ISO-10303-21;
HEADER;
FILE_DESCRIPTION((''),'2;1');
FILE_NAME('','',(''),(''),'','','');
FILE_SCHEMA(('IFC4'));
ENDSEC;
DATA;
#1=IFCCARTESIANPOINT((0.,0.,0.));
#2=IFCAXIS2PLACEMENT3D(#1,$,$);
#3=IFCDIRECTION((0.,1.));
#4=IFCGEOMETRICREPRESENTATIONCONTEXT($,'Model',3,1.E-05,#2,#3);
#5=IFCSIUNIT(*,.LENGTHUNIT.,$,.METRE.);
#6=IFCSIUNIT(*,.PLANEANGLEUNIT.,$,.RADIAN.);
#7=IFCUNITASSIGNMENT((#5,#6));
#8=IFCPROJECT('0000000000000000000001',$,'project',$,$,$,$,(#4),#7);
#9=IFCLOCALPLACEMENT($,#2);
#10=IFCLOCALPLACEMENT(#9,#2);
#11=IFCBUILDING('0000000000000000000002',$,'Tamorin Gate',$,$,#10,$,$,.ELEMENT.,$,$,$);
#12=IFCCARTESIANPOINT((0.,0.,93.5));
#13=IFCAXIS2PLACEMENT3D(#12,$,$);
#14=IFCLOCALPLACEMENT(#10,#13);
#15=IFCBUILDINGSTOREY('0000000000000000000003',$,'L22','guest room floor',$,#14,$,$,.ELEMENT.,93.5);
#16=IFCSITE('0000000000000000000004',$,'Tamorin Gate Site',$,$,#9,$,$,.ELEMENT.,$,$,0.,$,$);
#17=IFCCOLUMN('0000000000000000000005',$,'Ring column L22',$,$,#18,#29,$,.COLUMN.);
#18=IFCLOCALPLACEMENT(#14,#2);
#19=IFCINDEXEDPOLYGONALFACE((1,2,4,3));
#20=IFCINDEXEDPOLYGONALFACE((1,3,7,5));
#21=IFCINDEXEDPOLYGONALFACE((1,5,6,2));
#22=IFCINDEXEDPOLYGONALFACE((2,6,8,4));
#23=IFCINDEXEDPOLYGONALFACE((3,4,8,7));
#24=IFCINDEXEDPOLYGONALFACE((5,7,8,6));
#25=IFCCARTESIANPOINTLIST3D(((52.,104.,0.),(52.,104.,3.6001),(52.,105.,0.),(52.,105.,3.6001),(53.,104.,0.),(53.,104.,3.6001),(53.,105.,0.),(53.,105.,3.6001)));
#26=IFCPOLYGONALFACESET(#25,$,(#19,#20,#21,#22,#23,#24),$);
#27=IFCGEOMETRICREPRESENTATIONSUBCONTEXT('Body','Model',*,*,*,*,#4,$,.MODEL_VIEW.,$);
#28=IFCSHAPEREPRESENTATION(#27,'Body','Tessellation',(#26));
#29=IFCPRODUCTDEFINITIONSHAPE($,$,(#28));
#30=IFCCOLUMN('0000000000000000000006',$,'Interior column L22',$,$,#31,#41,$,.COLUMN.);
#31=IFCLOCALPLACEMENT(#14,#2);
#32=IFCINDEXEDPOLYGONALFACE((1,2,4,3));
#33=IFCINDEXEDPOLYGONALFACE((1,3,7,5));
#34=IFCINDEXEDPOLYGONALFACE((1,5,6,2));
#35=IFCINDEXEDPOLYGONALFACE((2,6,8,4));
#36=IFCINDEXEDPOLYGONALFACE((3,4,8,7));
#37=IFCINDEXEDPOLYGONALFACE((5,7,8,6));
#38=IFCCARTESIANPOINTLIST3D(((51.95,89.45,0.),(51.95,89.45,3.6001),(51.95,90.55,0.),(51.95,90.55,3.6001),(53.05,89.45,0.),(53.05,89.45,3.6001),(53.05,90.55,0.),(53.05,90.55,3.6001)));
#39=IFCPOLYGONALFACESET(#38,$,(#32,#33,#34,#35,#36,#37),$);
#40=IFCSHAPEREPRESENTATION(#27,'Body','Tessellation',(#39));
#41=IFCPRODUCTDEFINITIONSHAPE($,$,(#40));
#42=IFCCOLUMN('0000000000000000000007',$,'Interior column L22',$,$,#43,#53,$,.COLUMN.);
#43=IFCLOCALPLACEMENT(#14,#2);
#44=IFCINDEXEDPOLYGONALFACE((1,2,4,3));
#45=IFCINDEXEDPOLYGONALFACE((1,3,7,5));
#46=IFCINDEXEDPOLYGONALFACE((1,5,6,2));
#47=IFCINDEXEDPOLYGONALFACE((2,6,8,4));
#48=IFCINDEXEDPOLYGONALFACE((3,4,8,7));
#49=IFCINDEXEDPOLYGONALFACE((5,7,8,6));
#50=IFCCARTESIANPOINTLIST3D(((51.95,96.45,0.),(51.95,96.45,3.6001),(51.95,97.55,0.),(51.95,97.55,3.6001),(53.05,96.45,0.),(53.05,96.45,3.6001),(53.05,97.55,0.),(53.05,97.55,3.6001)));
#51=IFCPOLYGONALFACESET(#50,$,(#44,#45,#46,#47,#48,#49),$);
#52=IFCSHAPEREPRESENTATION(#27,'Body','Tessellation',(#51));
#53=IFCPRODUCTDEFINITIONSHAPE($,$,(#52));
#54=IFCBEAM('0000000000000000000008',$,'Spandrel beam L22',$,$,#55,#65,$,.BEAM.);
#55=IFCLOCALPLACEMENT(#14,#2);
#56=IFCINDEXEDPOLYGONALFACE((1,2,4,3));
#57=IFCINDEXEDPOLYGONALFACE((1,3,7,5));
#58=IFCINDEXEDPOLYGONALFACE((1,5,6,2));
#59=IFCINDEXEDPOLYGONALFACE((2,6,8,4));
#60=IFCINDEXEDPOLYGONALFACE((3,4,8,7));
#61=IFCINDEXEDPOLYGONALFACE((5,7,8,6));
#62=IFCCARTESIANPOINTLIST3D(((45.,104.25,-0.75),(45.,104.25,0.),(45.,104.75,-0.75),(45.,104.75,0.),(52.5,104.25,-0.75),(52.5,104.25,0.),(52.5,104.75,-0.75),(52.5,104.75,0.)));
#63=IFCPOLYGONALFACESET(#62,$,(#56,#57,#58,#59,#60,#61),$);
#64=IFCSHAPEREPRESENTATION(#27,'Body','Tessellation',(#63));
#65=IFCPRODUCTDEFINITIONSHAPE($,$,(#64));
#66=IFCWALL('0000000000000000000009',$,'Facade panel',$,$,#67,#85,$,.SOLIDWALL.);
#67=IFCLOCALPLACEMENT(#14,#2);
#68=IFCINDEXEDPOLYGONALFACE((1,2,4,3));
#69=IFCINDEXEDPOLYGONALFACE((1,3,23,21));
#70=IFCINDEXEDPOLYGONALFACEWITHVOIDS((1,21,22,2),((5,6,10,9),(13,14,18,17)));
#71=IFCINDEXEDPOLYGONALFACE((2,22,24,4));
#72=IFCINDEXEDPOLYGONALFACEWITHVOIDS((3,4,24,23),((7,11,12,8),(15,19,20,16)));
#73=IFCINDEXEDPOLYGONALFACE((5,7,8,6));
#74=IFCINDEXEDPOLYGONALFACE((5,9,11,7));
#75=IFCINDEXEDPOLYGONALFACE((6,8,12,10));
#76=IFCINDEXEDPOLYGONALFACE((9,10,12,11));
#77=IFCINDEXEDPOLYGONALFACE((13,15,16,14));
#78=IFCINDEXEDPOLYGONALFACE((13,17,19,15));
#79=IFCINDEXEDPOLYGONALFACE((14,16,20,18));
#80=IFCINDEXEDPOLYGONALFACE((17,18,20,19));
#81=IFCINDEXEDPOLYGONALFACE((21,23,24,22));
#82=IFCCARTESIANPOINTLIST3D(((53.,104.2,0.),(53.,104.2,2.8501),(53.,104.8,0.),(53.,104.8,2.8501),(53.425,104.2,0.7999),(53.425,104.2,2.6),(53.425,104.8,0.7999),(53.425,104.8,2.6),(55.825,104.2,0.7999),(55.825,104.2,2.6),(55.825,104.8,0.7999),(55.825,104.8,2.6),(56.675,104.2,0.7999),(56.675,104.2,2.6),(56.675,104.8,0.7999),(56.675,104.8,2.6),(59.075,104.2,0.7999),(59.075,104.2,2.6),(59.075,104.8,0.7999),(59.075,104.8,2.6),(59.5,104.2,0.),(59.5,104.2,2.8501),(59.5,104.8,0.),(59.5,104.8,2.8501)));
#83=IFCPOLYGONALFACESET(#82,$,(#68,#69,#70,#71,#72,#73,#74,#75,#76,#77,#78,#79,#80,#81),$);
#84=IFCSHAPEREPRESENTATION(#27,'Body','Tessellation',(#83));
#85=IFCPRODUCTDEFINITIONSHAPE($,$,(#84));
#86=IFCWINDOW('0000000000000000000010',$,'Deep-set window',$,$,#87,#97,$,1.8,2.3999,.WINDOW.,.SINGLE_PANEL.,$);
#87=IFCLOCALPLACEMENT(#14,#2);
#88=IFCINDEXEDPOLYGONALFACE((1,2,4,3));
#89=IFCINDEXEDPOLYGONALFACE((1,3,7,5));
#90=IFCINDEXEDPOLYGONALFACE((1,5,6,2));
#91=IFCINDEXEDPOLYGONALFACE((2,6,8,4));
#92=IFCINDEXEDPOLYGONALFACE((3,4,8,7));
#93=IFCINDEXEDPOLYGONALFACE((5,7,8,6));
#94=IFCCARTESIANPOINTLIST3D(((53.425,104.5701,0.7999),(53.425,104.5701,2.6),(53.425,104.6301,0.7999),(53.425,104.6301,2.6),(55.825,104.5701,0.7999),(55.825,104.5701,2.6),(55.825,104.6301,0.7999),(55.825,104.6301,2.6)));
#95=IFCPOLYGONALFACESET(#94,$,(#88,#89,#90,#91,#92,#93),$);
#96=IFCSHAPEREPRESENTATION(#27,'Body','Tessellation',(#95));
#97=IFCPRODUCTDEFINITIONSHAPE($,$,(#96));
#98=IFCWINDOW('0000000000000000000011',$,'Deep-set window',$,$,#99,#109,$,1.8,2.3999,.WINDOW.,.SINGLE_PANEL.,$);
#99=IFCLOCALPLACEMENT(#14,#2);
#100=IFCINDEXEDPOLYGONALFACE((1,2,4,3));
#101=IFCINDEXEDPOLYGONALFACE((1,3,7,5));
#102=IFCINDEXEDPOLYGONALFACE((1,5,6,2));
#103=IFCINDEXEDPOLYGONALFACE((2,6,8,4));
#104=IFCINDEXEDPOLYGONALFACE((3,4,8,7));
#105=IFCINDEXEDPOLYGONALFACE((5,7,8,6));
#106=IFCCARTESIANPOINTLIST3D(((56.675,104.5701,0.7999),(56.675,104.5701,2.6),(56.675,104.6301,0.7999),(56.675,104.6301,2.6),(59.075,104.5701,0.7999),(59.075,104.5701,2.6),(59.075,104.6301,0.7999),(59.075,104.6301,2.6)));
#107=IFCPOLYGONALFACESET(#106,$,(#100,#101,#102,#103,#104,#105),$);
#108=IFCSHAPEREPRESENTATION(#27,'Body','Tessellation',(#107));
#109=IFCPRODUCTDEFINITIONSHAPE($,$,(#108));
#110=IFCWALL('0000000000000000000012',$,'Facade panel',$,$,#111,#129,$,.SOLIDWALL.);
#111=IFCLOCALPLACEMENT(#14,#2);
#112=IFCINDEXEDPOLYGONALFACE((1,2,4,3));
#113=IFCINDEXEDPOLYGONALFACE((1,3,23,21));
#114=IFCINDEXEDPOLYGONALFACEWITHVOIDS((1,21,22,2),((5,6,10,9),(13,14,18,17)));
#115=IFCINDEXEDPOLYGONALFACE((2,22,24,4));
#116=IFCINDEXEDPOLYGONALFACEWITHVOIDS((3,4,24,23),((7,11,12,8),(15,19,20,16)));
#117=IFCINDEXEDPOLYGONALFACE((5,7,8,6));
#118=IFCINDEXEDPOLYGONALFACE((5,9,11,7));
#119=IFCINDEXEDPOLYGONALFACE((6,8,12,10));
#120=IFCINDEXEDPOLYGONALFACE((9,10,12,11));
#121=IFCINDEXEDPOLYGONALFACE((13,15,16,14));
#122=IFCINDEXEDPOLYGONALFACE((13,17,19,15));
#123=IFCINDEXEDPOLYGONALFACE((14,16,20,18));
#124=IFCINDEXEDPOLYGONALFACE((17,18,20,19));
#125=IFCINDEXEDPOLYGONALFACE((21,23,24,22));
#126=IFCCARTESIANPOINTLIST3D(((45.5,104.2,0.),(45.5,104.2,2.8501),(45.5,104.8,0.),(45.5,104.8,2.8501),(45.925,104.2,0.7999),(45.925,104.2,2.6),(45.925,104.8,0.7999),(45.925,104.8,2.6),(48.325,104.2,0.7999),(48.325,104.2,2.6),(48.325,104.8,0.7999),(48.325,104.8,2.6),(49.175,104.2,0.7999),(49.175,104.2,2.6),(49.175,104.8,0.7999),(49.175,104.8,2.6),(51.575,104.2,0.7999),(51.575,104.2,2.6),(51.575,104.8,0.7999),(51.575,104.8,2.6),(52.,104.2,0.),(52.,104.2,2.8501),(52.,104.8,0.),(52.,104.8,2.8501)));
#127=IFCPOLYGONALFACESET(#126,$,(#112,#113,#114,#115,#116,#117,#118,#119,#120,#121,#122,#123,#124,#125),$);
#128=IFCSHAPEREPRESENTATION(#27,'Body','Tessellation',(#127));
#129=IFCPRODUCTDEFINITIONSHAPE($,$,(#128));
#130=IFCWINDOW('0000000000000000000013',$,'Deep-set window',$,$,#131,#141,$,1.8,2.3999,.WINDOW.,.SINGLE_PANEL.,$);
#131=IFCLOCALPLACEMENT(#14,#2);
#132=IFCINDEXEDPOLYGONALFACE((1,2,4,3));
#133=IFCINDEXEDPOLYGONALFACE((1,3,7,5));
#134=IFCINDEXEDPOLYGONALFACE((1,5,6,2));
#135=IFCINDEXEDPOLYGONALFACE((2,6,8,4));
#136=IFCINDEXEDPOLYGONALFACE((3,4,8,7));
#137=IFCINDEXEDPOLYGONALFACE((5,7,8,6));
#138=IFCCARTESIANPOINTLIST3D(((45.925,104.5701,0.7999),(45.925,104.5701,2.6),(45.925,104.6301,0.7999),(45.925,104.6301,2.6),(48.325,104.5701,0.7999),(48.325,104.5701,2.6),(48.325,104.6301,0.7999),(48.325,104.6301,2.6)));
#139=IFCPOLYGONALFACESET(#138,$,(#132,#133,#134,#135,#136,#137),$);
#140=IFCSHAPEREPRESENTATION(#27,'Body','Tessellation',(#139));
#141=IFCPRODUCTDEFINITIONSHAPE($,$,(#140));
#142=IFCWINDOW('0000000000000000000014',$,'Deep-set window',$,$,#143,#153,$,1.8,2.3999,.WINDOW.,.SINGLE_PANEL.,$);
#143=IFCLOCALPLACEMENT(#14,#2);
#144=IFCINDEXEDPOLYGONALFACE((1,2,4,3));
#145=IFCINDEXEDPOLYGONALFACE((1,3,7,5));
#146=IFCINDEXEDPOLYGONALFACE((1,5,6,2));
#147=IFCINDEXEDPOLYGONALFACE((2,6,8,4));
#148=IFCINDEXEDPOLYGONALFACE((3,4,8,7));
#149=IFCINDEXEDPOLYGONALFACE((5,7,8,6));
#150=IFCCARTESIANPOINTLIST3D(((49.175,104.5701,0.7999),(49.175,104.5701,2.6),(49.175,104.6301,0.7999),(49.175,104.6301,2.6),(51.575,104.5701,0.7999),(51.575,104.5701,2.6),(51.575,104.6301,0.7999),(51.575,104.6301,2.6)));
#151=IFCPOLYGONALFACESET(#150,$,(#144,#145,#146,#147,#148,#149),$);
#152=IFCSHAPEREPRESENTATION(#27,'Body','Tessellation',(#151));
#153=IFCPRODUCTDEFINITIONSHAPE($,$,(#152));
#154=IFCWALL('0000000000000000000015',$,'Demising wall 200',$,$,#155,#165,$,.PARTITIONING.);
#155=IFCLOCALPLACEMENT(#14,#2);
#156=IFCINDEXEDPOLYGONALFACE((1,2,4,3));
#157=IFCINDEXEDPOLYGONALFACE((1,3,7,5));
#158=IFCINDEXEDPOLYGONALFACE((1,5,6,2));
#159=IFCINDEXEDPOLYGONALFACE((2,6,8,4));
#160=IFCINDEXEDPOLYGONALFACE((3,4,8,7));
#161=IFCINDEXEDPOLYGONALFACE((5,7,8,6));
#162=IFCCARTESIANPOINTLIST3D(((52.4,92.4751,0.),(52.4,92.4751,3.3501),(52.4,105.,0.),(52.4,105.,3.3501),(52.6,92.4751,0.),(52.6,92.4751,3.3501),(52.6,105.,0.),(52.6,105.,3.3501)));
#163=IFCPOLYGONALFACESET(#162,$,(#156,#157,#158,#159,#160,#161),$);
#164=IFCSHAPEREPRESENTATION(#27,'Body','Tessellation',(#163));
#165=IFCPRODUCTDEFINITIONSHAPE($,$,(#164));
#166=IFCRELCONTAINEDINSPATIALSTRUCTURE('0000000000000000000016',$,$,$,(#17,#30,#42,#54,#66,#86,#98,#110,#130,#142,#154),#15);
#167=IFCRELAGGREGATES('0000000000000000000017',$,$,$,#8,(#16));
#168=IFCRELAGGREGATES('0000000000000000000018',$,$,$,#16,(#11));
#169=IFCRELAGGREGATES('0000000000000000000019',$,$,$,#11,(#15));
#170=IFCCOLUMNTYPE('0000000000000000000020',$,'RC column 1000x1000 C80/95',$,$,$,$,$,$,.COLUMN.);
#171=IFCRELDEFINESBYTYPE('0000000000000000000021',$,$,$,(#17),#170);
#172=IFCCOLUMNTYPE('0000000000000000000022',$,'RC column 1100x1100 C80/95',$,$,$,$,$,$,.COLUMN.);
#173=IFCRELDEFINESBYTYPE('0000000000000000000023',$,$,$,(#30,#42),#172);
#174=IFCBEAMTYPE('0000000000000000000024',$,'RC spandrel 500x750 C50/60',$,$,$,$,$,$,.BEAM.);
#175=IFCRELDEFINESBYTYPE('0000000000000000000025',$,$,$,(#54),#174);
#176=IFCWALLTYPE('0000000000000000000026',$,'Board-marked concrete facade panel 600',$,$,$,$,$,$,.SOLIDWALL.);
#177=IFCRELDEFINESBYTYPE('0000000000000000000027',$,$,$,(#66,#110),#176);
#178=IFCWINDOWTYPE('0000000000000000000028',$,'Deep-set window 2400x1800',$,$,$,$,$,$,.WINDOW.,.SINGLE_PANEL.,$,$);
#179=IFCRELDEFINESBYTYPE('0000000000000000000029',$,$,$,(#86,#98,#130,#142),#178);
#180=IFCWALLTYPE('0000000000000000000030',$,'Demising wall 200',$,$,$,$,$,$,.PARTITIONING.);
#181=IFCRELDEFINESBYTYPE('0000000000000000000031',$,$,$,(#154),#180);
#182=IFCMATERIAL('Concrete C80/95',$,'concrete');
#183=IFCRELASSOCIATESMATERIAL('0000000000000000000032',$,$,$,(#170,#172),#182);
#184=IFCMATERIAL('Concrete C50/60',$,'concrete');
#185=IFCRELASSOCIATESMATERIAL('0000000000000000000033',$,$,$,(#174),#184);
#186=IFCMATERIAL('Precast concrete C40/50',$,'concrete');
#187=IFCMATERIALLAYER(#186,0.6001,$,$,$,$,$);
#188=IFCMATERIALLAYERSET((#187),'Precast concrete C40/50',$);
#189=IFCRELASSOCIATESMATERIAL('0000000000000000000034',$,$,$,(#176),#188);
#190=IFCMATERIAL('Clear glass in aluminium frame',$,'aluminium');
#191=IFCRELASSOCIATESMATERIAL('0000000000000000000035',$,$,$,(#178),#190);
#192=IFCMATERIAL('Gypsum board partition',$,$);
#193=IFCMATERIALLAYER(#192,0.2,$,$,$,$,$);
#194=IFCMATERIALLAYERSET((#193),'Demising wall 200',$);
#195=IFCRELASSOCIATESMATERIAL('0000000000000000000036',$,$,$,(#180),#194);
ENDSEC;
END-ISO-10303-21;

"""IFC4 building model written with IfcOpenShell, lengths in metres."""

from ifc_helpers import new_model, si_unit, direction, frame, frame_2d, origin, origin_2d, place, context, subcontext, project, spatial, rectangle, extrude, material, layer, layer_set, material_profile, profile_set, type_object, element, fill, save


model = new_model("IFC4")

# Units and contexts
model_context = context("Model", 3, precision=1e-05, world=origin(), true_north=direction((0.0, 1.0)))
body_context = subcontext(model_context, "Body", "Model", "MODEL_VIEW")
ifc_project = project(units=[si_unit("LENGTHUNIT", "METRE"), si_unit("PLANEANGLEUNIT", "RADIAN")], contexts=[model_context])

# Site, building, storey
site_placement = place(None, origin())
site = spatial("IfcSite", under=ifc_project, at=site_placement, Name="Tamorin Gate Site", CompositionType="ELEMENT", RefElevation=0.0)
building_placement = place(site_placement, origin())
building = spatial("IfcBuilding", under=site, at=building_placement, Name="Tamorin Gate", CompositionType="ELEMENT")
storey_placement = place(building_placement, frame((0.0, 0.0, 93.5)))
storey = spatial("IfcBuildingStorey", under=building, at=storey_placement, Name="L22", Description="guest room floor", CompositionType="ELEMENT", Elevation=93.5)

# Columns
ifc_material_1 = material(Name="Concrete C80/95", Category="concrete")
ifc_material_profile_1 = material_profile(ifc_material_1, rectangle(XDim=1.0, YDim=1.0, at=origin_2d()), Name="RC 1000x1000")
ifc_profile_set_1 = profile_set([ifc_material_profile_1], Name="Concrete C80/95")
column_type_1 = type_object("IfcColumnType", Name="RC column 1000x1000 C80/95", PredefinedType="COLUMN", material=ifc_profile_set_1)
column_placement = place(storey_placement, frame((52.5, 104.5, 0.0), z_axis=(0.0, 0.0, 1.0), x_axis=(1.0, 0.0, 0.0)))
element("IfcColumn", 1, at=column_placement, inside=storey, type_object=column_type_1, Name="Ring column L22", PredefinedType="COLUMN", context=body_context, shape_type="SweptSolid", body=[
    extrude(rectangle(XDim=1.0, YDim=1.0, at=origin_2d()), origin(), (0.0, 0.0, 1.0), 3.6001),
])
ifc_material_profile_2 = material_profile(ifc_material_1, rectangle(XDim=1.1001, YDim=1.1001, at=origin_2d()), Name="RC 1100x1100")
ifc_profile_set_2 = profile_set([ifc_material_profile_2], Name="Concrete C80/95")
column_type_2 = type_object("IfcColumnType", Name="RC column 1100x1100 C80/95", PredefinedType="COLUMN", material=ifc_profile_set_2)
for number, where, z_axis, x_axis, name in (
    (2, (52.5, 90.0, 0.0), (0.0, 0.0, 1.0), (1.0, 0.0, 0.0), "Interior column L22"),
    (3, (52.5, 97.0, 0.0), (0.0, 0.0, 1.0), (1.0, 0.0, 0.0), "Interior column L22"),
):
    element("IfcColumn", number, at=place(storey_placement, frame(where, z_axis=z_axis, x_axis=x_axis)), inside=storey, type_object=column_type_2, Name=name, PredefinedType="COLUMN", context=body_context, shape_type="SweptSolid", body=[
        extrude(rectangle(XDim=1.1001, YDim=1.1001, at=origin_2d()), origin(), (0.0, 0.0, 1.0), 3.6001),
    ])

# Beam
ifc_material_2 = material(Name="Concrete C50/60", Category="concrete")
ifc_material_profile_3 = material_profile(ifc_material_2, rectangle(XDim=0.5, YDim=0.75, at=origin_2d()), Name="RC 500x750")
ifc_profile_set_3 = profile_set([ifc_material_profile_3], Name="Concrete C50/60")
beam_type = type_object("IfcBeamType", Name="RC spandrel 500x750 C50/60", PredefinedType="BEAM", material=ifc_profile_set_3)
beam_placement = place(storey_placement, frame((52.5, 104.5, -0.375), z_axis=(-1.0, 0.0, 0.0), x_axis=(0.0, -1.0, 0.0)))
element("IfcBeam", 4, at=beam_placement, inside=storey, type_object=beam_type, Name="Spandrel beam L22", PredefinedType="BEAM", context=body_context, shape_type="SweptSolid", body=[
    extrude(rectangle(XDim=0.5, YDim=0.75, at=origin_2d()), origin(), (0.0, 0.0, 1.0), 7.5),
])

# Walls, openings, windows
ifc_material_3 = material(Name="Precast concrete C40/50", Category="concrete")
ifc_layer_1 = layer(ifc_material_3, 0.6001)
ifc_layer_set_1 = layer_set([ifc_layer_1], Name="Precast concrete C40/50")
wall_type_1 = type_object("IfcWallType", Name="Board-marked concrete facade panel 600", PredefinedType="SOLIDWALL", material=ifc_layer_set_1)
wall_1_placement = place(storey_placement, frame((59.5, 104.5, 0.0), z_axis=(0.0, 0.0, 1.0), x_axis=(-1.0, 0.0, 0.0)))
wall_1 = element("IfcWall", 5, at=wall_1_placement, inside=storey, type_object=wall_type_1, Name="Facade panel", PredefinedType="SOLIDWALL", context=body_context, shape_type="SweptSolid", body=[
    extrude(rectangle(XDim=6.5, YDim=0.6001, at=frame_2d((3.25, 0.0))), origin(), (0.0, 0.0, 1.0), 2.8501),
])
opening_1_placement = place(wall_1_placement, frame((3.675, 0.0, 0.8)))
opening_1 = element("IfcOpeningElement", 6, at=opening_1_placement, cuts=wall_1, PredefinedType="OPENING", context=body_context, shape_type="SweptSolid", body=[
    extrude(rectangle(XDim=2.3999, YDim=1.8, at=frame_2d((1.2, 0.8999))), frame((0.0, 0.3101, 0.0), z_axis=(0.0, -1.0, 0.0), x_axis=(1.0, 0.0, 0.0)), (0.0, 0.0, 1.0), 0.6201),
])
opening_2_placement = place(wall_1_placement, frame((0.425, 0.0, 0.8)))
opening_2 = element("IfcOpeningElement", 7, at=opening_2_placement, cuts=wall_1, PredefinedType="OPENING", context=body_context, shape_type="SweptSolid", body=[
    extrude(rectangle(XDim=2.3999, YDim=1.8, at=frame_2d((1.2, 0.8999))), frame((0.0, 0.3101, 0.0), z_axis=(0.0, -1.0, 0.0), x_axis=(1.0, 0.0, 0.0)), (0.0, 0.0, 1.0), 0.6201),
])
ifc_material_4 = material(Name="Clear glass in aluminium frame", Category="aluminium")
window_type = type_object("IfcWindowType", Name="Deep-set window 2400x1800", PartitioningType="SINGLE_PANEL", PredefinedType="WINDOW", material=ifc_material_4)
window_1_placement = place(opening_1_placement, origin())
window_1 = element("IfcWindow", 8, at=window_1_placement, inside=storey, type_object=window_type, Name="Deep-set window", OverallHeight=1.8, OverallWidth=2.3999, PartitioningType="SINGLE_PANEL", PredefinedType="WINDOW", context=body_context, shape_type="SweptSolid", body=[
    extrude(rectangle(XDim=2.3999, YDim=1.8, at=frame_2d((1.2, 0.8999))), frame((0.0, -0.0701, 0.0), z_axis=(0.0, -1.0, 0.0), x_axis=(1.0, 0.0, 0.0)), (0.0, 0.0, 1.0), 0.0601),
])
fill(opening_1, window_1)
window_2_placement = place(opening_2_placement, origin())
window_2 = element("IfcWindow", 9, at=window_2_placement, inside=storey, type_object=window_type, Name="Deep-set window", OverallHeight=1.8, OverallWidth=2.3999, PartitioningType="SINGLE_PANEL", PredefinedType="WINDOW", context=body_context, shape_type="SweptSolid", body=[
    extrude(rectangle(XDim=2.3999, YDim=1.8, at=frame_2d((1.2, 0.8999))), frame((0.0, -0.0701, 0.0), z_axis=(0.0, -1.0, 0.0), x_axis=(1.0, 0.0, 0.0)), (0.0, 0.0, 1.0), 0.0601),
])
fill(opening_2, window_2)
wall_2_placement = place(storey_placement, frame((52.0, 104.5, 0.0), z_axis=(0.0, 0.0, 1.0), x_axis=(-1.0, 0.0, 0.0)))
wall_2 = element("IfcWall", 10, at=wall_2_placement, inside=storey, type_object=wall_type_1, Name="Facade panel", PredefinedType="SOLIDWALL", context=body_context, shape_type="SweptSolid", body=[
    extrude(rectangle(XDim=6.5, YDim=0.6001, at=frame_2d((3.25, 0.0))), origin(), (0.0, 0.0, 1.0), 2.8501),
])
opening_3_placement = place(wall_2_placement, frame((3.675, 0.0, 0.8)))
opening_3 = element("IfcOpeningElement", 11, at=opening_3_placement, cuts=wall_2, PredefinedType="OPENING", context=body_context, shape_type="SweptSolid", body=[
    extrude(rectangle(XDim=2.3999, YDim=1.8, at=frame_2d((1.2, 0.8999))), frame((0.0, 0.3101, 0.0), z_axis=(0.0, -1.0, 0.0), x_axis=(1.0, 0.0, 0.0)), (0.0, 0.0, 1.0), 0.6201),
])
opening_4_placement = place(wall_2_placement, frame((0.425, 0.0, 0.8)))
opening_4 = element("IfcOpeningElement", 12, at=opening_4_placement, cuts=wall_2, PredefinedType="OPENING", context=body_context, shape_type="SweptSolid", body=[
    extrude(rectangle(XDim=2.3999, YDim=1.8, at=frame_2d((1.2, 0.8999))), frame((0.0, 0.3101, 0.0), z_axis=(0.0, -1.0, 0.0), x_axis=(1.0, 0.0, 0.0)), (0.0, 0.0, 1.0), 0.6201),
])
window_3_placement = place(opening_3_placement, origin())
window_3 = element("IfcWindow", 13, at=window_3_placement, inside=storey, type_object=window_type, Name="Deep-set window", OverallHeight=1.8, OverallWidth=2.3999, PartitioningType="SINGLE_PANEL", PredefinedType="WINDOW", context=body_context, shape_type="SweptSolid", body=[
    extrude(rectangle(XDim=2.3999, YDim=1.8, at=frame_2d((1.2, 0.8999))), frame((0.0, -0.0701, 0.0), z_axis=(0.0, -1.0, 0.0), x_axis=(1.0, 0.0, 0.0)), (0.0, 0.0, 1.0), 0.0601),
])
fill(opening_3, window_3)
window_4_placement = place(opening_4_placement, origin())
window_4 = element("IfcWindow", 14, at=window_4_placement, inside=storey, type_object=window_type, Name="Deep-set window", OverallHeight=1.8, OverallWidth=2.3999, PartitioningType="SINGLE_PANEL", PredefinedType="WINDOW", context=body_context, shape_type="SweptSolid", body=[
    extrude(rectangle(XDim=2.3999, YDim=1.8, at=frame_2d((1.2, 0.8999))), frame((0.0, -0.0701, 0.0), z_axis=(0.0, -1.0, 0.0), x_axis=(1.0, 0.0, 0.0)), (0.0, 0.0, 1.0), 0.0601),
])
fill(opening_4, window_4)

# Wall
ifc_material_5 = material(Name="Gypsum board partition")
ifc_layer_2 = layer(ifc_material_5, 0.2)
ifc_layer_set_2 = layer_set([ifc_layer_2], Name="Demising wall 200")
wall_type_2 = type_object("IfcWallType", Name="Demising wall 200", PredefinedType="PARTITIONING", material=ifc_layer_set_2)
wall_3_placement = place(storey_placement, frame((52.5, 92.4751, 0.0), z_axis=(0.0, 0.0, 1.0), x_axis=(0.0, 1.0, 0.0)))
element("IfcWall", 15, at=wall_3_placement, inside=storey, type_object=wall_type_2, Name="Demising wall 200", PredefinedType="PARTITIONING", context=body_context, shape_type="SweptSolid", body=[
    extrude(rectangle(XDim=12.5249, YDim=0.2, at=frame_2d((6.2625, 0.0))), origin(), (0.0, 0.0, 1.0), 3.3501),
])

save(model, "model.ifc")
